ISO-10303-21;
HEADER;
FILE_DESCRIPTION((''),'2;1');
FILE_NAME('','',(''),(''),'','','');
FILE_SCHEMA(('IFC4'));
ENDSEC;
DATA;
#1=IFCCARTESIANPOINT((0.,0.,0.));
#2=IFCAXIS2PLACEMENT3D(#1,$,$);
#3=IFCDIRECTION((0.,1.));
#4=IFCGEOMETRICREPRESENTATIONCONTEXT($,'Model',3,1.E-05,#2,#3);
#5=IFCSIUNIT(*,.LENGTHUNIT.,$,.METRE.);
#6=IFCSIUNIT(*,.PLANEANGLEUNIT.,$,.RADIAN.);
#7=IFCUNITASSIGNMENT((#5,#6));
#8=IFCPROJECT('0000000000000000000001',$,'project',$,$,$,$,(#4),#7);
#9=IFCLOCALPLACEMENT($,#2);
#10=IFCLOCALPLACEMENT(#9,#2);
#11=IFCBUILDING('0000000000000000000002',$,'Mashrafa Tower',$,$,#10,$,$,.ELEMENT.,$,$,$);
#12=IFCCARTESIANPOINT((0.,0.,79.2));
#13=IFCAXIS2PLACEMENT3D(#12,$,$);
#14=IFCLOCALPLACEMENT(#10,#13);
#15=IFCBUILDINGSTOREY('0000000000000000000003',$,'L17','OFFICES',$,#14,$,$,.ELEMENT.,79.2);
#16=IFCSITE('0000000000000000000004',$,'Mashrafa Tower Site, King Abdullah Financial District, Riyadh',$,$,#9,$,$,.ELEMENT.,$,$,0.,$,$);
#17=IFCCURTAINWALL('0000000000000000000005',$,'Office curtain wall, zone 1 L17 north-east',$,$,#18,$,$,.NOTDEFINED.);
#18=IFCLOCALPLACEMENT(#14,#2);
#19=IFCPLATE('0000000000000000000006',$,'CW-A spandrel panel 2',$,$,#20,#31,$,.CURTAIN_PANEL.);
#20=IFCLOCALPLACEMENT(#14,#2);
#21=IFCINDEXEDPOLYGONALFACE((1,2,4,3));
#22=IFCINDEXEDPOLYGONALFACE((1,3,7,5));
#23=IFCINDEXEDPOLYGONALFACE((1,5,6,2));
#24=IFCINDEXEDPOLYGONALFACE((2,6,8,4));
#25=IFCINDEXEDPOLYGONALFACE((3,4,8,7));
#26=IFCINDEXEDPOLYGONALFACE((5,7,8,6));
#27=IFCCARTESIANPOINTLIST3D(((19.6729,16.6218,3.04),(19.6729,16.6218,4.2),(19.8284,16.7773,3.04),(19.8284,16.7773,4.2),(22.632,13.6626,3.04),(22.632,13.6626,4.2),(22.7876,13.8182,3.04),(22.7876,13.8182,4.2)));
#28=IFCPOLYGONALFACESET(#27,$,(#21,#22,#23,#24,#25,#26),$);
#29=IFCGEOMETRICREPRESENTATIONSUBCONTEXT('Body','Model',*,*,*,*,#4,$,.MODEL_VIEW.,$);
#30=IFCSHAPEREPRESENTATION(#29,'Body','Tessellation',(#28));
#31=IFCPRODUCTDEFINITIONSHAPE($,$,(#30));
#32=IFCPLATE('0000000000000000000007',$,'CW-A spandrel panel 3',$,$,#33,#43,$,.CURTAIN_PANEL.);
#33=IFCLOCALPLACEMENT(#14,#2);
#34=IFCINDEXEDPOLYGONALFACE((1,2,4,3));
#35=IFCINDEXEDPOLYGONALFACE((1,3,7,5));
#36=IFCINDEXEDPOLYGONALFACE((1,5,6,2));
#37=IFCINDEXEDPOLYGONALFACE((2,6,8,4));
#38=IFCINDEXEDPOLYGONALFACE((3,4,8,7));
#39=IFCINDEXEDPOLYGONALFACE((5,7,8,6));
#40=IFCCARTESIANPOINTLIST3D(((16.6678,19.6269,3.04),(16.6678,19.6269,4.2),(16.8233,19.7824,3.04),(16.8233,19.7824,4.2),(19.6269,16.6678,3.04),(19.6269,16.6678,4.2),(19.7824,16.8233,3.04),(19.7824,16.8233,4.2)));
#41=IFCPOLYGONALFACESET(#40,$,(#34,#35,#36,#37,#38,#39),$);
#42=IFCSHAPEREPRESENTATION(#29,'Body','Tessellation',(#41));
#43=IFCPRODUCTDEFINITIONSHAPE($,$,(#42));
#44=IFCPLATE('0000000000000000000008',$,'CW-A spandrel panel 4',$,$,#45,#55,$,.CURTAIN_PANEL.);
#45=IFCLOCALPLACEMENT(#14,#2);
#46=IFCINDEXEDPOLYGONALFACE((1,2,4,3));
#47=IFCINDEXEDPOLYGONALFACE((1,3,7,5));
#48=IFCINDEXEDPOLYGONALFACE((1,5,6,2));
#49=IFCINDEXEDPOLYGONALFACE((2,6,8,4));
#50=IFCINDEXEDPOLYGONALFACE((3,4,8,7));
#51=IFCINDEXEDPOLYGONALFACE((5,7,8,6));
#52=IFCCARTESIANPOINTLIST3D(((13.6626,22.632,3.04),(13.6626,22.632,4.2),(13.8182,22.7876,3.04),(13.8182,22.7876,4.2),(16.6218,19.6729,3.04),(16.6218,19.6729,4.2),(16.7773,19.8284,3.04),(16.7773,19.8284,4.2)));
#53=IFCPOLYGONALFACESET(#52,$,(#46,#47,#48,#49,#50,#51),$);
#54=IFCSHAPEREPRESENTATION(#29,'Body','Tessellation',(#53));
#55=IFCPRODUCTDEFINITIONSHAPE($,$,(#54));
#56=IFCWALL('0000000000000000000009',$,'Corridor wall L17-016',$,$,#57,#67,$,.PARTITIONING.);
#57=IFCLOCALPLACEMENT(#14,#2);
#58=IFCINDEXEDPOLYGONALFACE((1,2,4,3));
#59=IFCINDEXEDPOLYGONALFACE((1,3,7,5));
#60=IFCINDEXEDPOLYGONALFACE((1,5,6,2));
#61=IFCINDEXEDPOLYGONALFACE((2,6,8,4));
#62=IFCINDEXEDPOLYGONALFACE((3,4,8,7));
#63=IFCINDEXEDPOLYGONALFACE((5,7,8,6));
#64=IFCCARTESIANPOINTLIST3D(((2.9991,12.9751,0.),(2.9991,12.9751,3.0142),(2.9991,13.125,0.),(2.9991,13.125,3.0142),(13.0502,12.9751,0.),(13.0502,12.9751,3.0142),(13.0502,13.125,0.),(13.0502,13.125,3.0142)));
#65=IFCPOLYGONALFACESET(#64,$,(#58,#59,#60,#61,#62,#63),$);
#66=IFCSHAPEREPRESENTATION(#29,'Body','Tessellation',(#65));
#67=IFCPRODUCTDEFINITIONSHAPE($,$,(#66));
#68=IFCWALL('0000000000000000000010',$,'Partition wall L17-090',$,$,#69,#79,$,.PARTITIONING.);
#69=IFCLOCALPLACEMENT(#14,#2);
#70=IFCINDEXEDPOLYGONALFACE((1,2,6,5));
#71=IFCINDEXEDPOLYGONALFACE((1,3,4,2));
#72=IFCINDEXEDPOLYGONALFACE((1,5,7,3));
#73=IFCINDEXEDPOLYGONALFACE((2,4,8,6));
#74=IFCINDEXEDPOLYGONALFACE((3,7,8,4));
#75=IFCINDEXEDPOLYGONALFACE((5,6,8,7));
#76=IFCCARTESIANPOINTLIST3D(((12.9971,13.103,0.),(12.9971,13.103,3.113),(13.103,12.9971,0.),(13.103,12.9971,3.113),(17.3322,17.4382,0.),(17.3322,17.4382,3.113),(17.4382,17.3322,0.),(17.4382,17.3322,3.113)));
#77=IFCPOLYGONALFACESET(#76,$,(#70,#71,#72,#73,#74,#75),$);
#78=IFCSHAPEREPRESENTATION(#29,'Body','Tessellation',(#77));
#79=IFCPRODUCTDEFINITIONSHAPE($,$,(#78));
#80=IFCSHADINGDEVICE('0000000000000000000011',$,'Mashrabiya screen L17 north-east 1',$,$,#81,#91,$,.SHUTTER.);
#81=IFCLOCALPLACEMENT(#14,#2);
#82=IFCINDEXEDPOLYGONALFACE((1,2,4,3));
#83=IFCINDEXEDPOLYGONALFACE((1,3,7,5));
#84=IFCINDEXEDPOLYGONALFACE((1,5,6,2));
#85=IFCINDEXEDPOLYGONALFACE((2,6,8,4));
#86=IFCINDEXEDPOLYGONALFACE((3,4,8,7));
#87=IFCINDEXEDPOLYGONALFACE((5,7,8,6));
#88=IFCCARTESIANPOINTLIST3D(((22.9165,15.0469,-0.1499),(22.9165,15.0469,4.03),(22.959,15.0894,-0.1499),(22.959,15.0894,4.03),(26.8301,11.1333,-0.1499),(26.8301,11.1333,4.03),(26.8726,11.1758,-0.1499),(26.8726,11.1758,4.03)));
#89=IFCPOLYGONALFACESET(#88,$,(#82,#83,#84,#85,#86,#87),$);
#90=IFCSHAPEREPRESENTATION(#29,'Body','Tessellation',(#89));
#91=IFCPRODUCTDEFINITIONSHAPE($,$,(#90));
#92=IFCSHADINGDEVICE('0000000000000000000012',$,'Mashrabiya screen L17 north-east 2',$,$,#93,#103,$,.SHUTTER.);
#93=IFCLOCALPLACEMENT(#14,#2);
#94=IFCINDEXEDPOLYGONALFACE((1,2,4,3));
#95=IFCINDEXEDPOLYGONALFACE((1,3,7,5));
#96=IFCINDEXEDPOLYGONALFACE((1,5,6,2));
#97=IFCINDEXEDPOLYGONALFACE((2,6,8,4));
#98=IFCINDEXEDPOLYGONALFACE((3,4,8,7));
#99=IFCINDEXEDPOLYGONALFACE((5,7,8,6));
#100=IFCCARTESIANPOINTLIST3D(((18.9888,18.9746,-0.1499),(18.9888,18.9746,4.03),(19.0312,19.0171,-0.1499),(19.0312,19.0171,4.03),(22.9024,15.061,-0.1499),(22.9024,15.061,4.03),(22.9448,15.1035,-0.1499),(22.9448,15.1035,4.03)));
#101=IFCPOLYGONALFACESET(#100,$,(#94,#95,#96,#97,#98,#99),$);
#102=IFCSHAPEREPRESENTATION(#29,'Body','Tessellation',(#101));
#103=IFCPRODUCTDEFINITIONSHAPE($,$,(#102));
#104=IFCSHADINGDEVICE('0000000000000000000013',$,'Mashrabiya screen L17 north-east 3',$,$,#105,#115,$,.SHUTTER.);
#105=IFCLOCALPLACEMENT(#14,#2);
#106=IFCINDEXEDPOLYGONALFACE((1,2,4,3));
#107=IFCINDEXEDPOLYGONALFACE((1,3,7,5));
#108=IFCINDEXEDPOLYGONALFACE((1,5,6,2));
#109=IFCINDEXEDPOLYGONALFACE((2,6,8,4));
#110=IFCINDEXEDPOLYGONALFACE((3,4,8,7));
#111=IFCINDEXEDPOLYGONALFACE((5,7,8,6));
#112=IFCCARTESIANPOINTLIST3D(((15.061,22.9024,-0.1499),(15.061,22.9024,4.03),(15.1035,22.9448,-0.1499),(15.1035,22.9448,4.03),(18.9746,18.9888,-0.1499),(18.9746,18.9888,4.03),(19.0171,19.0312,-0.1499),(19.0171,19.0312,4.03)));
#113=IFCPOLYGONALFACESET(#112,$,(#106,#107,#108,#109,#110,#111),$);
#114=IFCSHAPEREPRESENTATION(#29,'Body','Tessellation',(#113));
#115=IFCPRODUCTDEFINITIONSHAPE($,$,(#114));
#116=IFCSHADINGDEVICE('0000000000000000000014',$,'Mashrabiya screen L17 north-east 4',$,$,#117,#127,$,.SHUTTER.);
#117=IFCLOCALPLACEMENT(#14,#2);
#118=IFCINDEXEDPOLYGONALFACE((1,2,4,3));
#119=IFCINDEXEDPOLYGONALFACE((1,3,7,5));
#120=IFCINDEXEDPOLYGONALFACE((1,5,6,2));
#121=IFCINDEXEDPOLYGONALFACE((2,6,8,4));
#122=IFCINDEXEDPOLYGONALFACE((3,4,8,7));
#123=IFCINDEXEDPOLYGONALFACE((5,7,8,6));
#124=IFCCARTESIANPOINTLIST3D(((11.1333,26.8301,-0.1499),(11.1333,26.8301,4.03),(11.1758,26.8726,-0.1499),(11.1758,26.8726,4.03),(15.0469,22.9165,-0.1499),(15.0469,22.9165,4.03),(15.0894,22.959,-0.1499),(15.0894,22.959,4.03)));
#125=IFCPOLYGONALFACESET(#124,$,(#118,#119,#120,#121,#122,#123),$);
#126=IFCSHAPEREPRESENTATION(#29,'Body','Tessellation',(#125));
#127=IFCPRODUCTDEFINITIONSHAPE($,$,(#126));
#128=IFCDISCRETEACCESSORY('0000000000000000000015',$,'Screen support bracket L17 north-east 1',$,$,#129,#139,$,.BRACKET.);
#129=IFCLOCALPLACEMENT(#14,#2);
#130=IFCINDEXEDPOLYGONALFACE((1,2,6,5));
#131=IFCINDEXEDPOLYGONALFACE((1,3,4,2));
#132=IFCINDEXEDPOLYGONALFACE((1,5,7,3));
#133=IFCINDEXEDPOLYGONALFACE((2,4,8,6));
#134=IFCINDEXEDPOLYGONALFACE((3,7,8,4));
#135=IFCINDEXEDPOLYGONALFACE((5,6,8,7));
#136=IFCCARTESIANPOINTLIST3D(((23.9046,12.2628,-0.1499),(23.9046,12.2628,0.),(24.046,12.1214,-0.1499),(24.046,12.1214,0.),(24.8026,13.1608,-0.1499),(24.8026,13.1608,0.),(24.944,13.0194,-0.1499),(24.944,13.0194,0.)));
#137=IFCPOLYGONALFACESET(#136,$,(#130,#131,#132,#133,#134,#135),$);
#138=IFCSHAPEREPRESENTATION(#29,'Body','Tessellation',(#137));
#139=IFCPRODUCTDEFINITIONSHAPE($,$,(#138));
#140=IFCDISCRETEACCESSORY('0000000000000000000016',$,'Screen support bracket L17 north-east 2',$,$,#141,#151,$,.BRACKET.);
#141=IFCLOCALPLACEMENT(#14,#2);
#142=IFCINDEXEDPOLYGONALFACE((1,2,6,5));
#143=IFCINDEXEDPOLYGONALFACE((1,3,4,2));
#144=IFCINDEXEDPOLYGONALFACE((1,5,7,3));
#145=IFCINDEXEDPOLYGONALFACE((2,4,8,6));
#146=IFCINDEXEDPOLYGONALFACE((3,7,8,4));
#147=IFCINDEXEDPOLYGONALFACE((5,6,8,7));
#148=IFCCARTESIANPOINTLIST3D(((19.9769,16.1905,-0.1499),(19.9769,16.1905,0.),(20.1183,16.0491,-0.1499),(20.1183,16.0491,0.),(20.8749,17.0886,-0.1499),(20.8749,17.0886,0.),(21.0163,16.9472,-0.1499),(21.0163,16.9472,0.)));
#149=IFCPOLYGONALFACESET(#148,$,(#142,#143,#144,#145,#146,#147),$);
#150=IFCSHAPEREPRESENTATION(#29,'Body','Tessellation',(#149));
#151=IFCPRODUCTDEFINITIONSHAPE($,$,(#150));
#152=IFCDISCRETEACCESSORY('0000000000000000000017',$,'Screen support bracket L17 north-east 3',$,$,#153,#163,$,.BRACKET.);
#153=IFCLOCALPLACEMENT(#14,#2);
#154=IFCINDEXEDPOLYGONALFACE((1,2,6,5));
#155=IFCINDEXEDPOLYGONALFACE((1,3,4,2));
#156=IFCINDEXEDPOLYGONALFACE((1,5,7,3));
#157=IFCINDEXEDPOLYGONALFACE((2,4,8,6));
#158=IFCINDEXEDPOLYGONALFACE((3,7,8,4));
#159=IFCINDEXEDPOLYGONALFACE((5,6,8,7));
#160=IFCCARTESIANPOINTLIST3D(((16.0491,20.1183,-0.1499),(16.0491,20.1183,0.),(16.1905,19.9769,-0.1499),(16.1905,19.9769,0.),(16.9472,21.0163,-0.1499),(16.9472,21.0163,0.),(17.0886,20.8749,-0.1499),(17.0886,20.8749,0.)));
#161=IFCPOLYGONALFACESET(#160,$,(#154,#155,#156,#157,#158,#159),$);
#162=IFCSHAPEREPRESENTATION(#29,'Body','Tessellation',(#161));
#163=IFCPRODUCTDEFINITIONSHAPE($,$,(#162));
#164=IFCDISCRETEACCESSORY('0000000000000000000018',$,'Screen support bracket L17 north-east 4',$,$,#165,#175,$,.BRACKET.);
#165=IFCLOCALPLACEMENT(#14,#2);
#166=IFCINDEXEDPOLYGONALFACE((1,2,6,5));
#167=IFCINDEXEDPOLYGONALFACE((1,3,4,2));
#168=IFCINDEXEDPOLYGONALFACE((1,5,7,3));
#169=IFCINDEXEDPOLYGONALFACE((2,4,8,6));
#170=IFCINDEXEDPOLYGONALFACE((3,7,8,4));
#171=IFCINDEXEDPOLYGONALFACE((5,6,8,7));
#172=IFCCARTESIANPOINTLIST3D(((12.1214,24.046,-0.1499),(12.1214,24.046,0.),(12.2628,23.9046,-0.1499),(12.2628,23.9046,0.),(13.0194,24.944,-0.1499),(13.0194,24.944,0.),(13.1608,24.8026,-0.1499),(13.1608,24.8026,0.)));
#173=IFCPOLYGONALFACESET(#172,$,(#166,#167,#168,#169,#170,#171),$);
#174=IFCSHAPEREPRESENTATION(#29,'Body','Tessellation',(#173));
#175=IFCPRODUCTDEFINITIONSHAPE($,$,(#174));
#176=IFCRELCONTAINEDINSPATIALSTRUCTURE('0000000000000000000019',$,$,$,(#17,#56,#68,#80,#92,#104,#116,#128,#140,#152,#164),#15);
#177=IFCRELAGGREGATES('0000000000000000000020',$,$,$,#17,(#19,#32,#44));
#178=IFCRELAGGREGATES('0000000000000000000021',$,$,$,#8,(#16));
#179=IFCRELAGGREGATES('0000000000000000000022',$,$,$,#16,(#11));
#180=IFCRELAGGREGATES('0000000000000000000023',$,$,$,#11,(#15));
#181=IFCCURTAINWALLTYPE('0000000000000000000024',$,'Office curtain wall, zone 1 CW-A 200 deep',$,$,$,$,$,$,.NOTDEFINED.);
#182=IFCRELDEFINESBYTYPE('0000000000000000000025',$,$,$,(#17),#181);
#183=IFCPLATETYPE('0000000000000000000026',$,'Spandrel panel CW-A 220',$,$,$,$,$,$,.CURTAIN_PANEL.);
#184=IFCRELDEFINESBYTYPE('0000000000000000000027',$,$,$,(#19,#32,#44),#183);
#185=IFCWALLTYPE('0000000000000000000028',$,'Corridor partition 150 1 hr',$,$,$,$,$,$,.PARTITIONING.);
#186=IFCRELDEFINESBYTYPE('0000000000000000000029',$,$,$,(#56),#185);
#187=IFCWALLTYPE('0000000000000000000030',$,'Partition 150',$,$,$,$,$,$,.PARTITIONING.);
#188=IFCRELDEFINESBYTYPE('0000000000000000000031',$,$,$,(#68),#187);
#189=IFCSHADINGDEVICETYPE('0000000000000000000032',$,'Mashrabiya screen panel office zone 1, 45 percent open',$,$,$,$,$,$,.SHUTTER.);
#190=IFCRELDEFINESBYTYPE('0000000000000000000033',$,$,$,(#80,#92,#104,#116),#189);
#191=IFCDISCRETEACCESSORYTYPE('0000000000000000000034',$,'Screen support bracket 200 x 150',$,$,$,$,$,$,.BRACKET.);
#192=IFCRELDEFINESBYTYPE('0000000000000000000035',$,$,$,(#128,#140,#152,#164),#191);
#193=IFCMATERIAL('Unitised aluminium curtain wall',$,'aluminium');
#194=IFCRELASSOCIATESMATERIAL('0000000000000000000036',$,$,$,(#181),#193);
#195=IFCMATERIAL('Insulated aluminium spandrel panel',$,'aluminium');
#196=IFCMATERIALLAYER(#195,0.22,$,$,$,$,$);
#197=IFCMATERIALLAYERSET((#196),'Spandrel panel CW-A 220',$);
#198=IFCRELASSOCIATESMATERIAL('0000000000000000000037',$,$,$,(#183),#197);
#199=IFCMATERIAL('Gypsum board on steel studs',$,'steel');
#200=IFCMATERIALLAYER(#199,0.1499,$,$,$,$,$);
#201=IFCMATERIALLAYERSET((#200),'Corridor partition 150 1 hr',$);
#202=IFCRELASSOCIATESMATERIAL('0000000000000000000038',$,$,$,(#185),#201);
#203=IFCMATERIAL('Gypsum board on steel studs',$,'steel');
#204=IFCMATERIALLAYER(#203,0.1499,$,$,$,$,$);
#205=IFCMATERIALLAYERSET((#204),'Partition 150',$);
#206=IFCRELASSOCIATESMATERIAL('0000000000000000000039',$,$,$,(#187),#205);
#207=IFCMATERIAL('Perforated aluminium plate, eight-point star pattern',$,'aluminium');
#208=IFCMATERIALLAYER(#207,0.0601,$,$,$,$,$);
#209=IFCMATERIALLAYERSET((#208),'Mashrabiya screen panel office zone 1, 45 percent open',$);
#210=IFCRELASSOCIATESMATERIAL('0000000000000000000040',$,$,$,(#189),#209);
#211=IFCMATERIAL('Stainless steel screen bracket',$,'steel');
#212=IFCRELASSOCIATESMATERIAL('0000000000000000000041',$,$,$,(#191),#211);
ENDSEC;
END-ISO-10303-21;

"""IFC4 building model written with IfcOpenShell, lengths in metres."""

from ifc_helpers import new_model, si_unit, direction, frame, frame_2d, origin, origin_2d, place, context, subcontext, project, spatial, rectangle, extrude, source, transform, mapped, material, layer, layer_set, type_object, type_shapes, element, aggregate, save


model = new_model("IFC4")

# Units and contexts
model_context = context("Model", 3, precision=1e-05, world=origin(), true_north=direction((0.0, 1.0)))
body_context = subcontext(model_context, "Body", "Model", "MODEL_VIEW")
ifc_project = project(units=[si_unit("LENGTHUNIT", "METRE"), si_unit("PLANEANGLEUNIT", "RADIAN")], contexts=[model_context])

# Site, building, storey
site_placement = place(None, origin())
site = spatial("IfcSite", under=ifc_project, at=site_placement, Name="Mashrafa Tower Site, King Abdullah Financial District, Riyadh", CompositionType="ELEMENT", RefElevation=0.0)
building_placement = place(site_placement, origin())
building = spatial("IfcBuilding", under=site, at=building_placement, Name="Mashrafa Tower", CompositionType="ELEMENT")
storey_placement = place(building_placement, frame((0.0, 0.0, 79.2)))
storey = spatial("IfcBuildingStorey", under=building, at=storey_placement, Name="L17", Description="OFFICES", CompositionType="ELEMENT", Elevation=79.2)

# Shared definitions
ifc_material_1 = material(Name="Unitised aluminium curtain wall", Category="aluminium")
curtain_wall_type = type_object("IfcCurtainWallType", Name="Office curtain wall, zone 1 CW-A 200 deep", PredefinedType="NOTDEFINED", material=ifc_material_1)

# Curtain wall, plates
curtain_wall_1_placement = place(storey_placement, origin())
curtain_wall_1 = element("IfcCurtainWall", 1, at=curtain_wall_1_placement, inside=storey, type_object=curtain_wall_type, Name="Office curtain wall, zone 1 L17 north-east", PredefinedType="NOTDEFINED")
ifc_material_2 = material(Name="Insulated aluminium spandrel panel", Category="aluminium")
ifc_layer_1 = layer(ifc_material_2, 0.22)
ifc_layer_set_1 = layer_set([ifc_layer_1], Name="Spandrel panel CW-A 220")
plate_type_1 = type_object("IfcPlateType", Name="Spandrel panel CW-A 220", PredefinedType="CURTAIN_PANEL", material=ifc_layer_set_1)
shared_shape_1 = source(origin(), body_context, "Body", "SweptSolid", [
    extrude(rectangle(XDim=4.1848, YDim=0.22, at=origin_2d()), origin(), (0.0, 0.0, 1.0), 1.1599),
])
plate_1_placement = place(storey_placement, frame((21.2302, 15.22, 3.04), z_axis=(0.0, 0.0, 1.0), x_axis=(-0.707107, 0.707107, 0.0)))
plate_1 = element("IfcPlate", 2, at=plate_1_placement, type_object=plate_type_1, Name="CW-A spandrel panel 2", PredefinedType="CURTAIN_PANEL", context=body_context, shape_type="MappedRepresentation", body=[
    mapped(shared_shape_1, transform((0.0, 0.0, 0.0))),
])
plate_2_placement = place(storey_placement, frame((18.2251, 18.2251, 3.04), z_axis=(0.0, 0.0, 1.0), x_axis=(-0.707107, 0.707107, 0.0)))
plate_2 = element("IfcPlate", 3, at=plate_2_placement, type_object=plate_type_1, Name="CW-A spandrel panel 3", PredefinedType="CURTAIN_PANEL", context=body_context, shape_type="MappedRepresentation", body=[
    mapped(shared_shape_1, transform((0.0, 0.0, 0.0))),
])
plate_3_placement = place(storey_placement, frame((15.22, 21.2302, 3.04), z_axis=(0.0, 0.0, 1.0), x_axis=(-0.707107, 0.707107, 0.0)))
plate_3 = element("IfcPlate", 4, at=plate_3_placement, type_object=plate_type_1, Name="CW-A spandrel panel 4", PredefinedType="CURTAIN_PANEL", context=body_context, shape_type="MappedRepresentation", body=[
    mapped(shared_shape_1, transform((0.0, 0.0, 0.0))),
])
aggregate(curtain_wall_1, [plate_1, plate_2, plate_3])

# Walls
ifc_material_3 = material(Name="Gypsum board on steel studs", Category="steel")
ifc_layer_2 = layer(ifc_material_3, 0.1499)
ifc_layer_set_2 = layer_set([ifc_layer_2], Name="Corridor partition 150 1 hr")
wall_type_1 = type_object("IfcWallType", Name="Corridor partition 150 1 hr", PredefinedType="PARTITIONING", material=ifc_layer_set_2)
wall_1_placement = place(storey_placement, frame((13.05, 13.05, 0.0), z_axis=(0.0, 0.0, 1.0), x_axis=(-1.0, 0.0, 0.0)))
element("IfcWall", 5, at=wall_1_placement, inside=storey, type_object=wall_type_1, Name="Corridor wall L17-016", PredefinedType="PARTITIONING", context=body_context, shape_type="SweptSolid", body=[
    extrude(rectangle(XDim=10.051, YDim=0.1499, at=frame_2d((5.0254, 0.0))), origin(), (0.0, 0.0, 1.0), 3.0142),
])
ifc_material_4 = material(Name="Gypsum board on steel studs", Category="steel")
ifc_layer_3 = layer(ifc_material_4, 0.1499)
ifc_layer_set_3 = layer_set([ifc_layer_3], Name="Partition 150")
wall_type_2 = type_object("IfcWallType", Name="Partition 150", PredefinedType="PARTITIONING", material=ifc_layer_set_3)
wall_2_placement = place(storey_placement, frame((13.05, 13.05, 0.0), z_axis=(0.0, 0.0, 1.0), x_axis=(0.707107, 0.707107, 0.0)))
element("IfcWall", 6, at=wall_2_placement, inside=storey, type_object=wall_type_2, Name="Partition wall L17-090", PredefinedType="PARTITIONING", context=body_context, shape_type="SweptSolid", body=[
    extrude(rectangle(XDim=6.1309, YDim=0.1499, at=frame_2d((3.0654, 0.0))), origin(), (0.0, 0.0, 1.0), 3.113),
])

# Shading devices
ifc_material_5 = material(Name="Perforated aluminium plate, eight-point star pattern", Category="aluminium")
ifc_layer_4 = layer(ifc_material_5, 0.0601)
ifc_layer_set_4 = layer_set([ifc_layer_4], Name="Mashrabiya screen panel office zone 1, 45 percent open")
shading_device_type = type_object("IfcShadingDeviceType", Name="Mashrabiya screen panel office zone 1, 45 percent open", PredefinedType="SHUTTER", material=ifc_layer_set_4)
shared_shape_2 = source(origin(), body_context, "Body", "SweptSolid", [
    extrude(rectangle(XDim=5.5347, YDim=0.0601, at=origin_2d()), origin(), (0.0, 0.0, 1.0), 4.1799),
])
type_shapes(shading_device_type, [shared_shape_2])
for number, where, z_axis, x_axis, name in (
    (7, (24.8945, 13.1113, -0.1499), (0.0, 0.0, 1.0), (-0.707107, 0.707107, 0.0), "Mashrabiya screen L17 north-east 1"),
    (8, (20.9668, 17.0391, -0.1499), (0.0, 0.0, 1.0), (-0.707107, 0.707107, 0.0), "Mashrabiya screen L17 north-east 2"),
    (9, (17.0391, 20.9668, -0.1499), (0.0, 0.0, 1.0), (-0.707107, 0.707107, 0.0), "Mashrabiya screen L17 north-east 3"),
    (10, (13.1113, 24.8945, -0.1499), (0.0, 0.0, 1.0), (-0.707107, 0.707107, 0.0), "Mashrabiya screen L17 north-east 4"),
):
    element("IfcShadingDevice", number, at=place(storey_placement, frame(where, z_axis=z_axis, x_axis=x_axis)), inside=storey, type_object=shading_device_type, Name=name, PredefinedType="SHUTTER", context=body_context, shape_type="MappedRepresentation", body=[
        mapped(shared_shape_2, transform((0.0, 0.0, 0.0))),
    ])

# Discrete accessories
ifc_material_6 = material(Name="Stainless steel screen bracket", Category="steel")
discrete_accessory_type = type_object("IfcDiscreteAccessoryType", Name="Screen support bracket 200 x 150", PredefinedType="BRACKET", material=ifc_material_6)
shared_shape_3 = source(origin(), body_context, "Body", "SweptSolid", [
    extrude(rectangle(XDim=0.2, YDim=1.27, at=origin_2d()), origin(), (0.0, 0.0, 1.0), 0.1499),
])
type_shapes(discrete_accessory_type, [shared_shape_3])
for number, where, z_axis, x_axis, name in (
    (11, (24.4243, 12.6411, -0.1499), (0.0, 0.0, 1.0), (-0.707107, 0.707107, 0.0), "Screen support bracket L17 north-east 1"),
    (12, (20.4966, 16.5688, -0.1499), (0.0, 0.0, 1.0), (-0.707107, 0.707107, 0.0), "Screen support bracket L17 north-east 2"),
    (13, (16.5688, 20.4966, -0.1499), (0.0, 0.0, 1.0), (-0.707107, 0.707107, 0.0), "Screen support bracket L17 north-east 3"),
    (14, (12.6411, 24.4243, -0.1499), (0.0, 0.0, 1.0), (-0.707107, 0.707107, 0.0), "Screen support bracket L17 north-east 4"),
):
    element("IfcDiscreteAccessory", number, at=place(storey_placement, frame(where, z_axis=z_axis, x_axis=x_axis)), inside=storey, type_object=discrete_accessory_type, Name=name, PredefinedType="BRACKET", context=body_context, shape_type="MappedRepresentation", body=[
        mapped(shared_shape_3, transform((0.0, 0.0, 0.0))),
    ])

save(model, "model.ifc")
